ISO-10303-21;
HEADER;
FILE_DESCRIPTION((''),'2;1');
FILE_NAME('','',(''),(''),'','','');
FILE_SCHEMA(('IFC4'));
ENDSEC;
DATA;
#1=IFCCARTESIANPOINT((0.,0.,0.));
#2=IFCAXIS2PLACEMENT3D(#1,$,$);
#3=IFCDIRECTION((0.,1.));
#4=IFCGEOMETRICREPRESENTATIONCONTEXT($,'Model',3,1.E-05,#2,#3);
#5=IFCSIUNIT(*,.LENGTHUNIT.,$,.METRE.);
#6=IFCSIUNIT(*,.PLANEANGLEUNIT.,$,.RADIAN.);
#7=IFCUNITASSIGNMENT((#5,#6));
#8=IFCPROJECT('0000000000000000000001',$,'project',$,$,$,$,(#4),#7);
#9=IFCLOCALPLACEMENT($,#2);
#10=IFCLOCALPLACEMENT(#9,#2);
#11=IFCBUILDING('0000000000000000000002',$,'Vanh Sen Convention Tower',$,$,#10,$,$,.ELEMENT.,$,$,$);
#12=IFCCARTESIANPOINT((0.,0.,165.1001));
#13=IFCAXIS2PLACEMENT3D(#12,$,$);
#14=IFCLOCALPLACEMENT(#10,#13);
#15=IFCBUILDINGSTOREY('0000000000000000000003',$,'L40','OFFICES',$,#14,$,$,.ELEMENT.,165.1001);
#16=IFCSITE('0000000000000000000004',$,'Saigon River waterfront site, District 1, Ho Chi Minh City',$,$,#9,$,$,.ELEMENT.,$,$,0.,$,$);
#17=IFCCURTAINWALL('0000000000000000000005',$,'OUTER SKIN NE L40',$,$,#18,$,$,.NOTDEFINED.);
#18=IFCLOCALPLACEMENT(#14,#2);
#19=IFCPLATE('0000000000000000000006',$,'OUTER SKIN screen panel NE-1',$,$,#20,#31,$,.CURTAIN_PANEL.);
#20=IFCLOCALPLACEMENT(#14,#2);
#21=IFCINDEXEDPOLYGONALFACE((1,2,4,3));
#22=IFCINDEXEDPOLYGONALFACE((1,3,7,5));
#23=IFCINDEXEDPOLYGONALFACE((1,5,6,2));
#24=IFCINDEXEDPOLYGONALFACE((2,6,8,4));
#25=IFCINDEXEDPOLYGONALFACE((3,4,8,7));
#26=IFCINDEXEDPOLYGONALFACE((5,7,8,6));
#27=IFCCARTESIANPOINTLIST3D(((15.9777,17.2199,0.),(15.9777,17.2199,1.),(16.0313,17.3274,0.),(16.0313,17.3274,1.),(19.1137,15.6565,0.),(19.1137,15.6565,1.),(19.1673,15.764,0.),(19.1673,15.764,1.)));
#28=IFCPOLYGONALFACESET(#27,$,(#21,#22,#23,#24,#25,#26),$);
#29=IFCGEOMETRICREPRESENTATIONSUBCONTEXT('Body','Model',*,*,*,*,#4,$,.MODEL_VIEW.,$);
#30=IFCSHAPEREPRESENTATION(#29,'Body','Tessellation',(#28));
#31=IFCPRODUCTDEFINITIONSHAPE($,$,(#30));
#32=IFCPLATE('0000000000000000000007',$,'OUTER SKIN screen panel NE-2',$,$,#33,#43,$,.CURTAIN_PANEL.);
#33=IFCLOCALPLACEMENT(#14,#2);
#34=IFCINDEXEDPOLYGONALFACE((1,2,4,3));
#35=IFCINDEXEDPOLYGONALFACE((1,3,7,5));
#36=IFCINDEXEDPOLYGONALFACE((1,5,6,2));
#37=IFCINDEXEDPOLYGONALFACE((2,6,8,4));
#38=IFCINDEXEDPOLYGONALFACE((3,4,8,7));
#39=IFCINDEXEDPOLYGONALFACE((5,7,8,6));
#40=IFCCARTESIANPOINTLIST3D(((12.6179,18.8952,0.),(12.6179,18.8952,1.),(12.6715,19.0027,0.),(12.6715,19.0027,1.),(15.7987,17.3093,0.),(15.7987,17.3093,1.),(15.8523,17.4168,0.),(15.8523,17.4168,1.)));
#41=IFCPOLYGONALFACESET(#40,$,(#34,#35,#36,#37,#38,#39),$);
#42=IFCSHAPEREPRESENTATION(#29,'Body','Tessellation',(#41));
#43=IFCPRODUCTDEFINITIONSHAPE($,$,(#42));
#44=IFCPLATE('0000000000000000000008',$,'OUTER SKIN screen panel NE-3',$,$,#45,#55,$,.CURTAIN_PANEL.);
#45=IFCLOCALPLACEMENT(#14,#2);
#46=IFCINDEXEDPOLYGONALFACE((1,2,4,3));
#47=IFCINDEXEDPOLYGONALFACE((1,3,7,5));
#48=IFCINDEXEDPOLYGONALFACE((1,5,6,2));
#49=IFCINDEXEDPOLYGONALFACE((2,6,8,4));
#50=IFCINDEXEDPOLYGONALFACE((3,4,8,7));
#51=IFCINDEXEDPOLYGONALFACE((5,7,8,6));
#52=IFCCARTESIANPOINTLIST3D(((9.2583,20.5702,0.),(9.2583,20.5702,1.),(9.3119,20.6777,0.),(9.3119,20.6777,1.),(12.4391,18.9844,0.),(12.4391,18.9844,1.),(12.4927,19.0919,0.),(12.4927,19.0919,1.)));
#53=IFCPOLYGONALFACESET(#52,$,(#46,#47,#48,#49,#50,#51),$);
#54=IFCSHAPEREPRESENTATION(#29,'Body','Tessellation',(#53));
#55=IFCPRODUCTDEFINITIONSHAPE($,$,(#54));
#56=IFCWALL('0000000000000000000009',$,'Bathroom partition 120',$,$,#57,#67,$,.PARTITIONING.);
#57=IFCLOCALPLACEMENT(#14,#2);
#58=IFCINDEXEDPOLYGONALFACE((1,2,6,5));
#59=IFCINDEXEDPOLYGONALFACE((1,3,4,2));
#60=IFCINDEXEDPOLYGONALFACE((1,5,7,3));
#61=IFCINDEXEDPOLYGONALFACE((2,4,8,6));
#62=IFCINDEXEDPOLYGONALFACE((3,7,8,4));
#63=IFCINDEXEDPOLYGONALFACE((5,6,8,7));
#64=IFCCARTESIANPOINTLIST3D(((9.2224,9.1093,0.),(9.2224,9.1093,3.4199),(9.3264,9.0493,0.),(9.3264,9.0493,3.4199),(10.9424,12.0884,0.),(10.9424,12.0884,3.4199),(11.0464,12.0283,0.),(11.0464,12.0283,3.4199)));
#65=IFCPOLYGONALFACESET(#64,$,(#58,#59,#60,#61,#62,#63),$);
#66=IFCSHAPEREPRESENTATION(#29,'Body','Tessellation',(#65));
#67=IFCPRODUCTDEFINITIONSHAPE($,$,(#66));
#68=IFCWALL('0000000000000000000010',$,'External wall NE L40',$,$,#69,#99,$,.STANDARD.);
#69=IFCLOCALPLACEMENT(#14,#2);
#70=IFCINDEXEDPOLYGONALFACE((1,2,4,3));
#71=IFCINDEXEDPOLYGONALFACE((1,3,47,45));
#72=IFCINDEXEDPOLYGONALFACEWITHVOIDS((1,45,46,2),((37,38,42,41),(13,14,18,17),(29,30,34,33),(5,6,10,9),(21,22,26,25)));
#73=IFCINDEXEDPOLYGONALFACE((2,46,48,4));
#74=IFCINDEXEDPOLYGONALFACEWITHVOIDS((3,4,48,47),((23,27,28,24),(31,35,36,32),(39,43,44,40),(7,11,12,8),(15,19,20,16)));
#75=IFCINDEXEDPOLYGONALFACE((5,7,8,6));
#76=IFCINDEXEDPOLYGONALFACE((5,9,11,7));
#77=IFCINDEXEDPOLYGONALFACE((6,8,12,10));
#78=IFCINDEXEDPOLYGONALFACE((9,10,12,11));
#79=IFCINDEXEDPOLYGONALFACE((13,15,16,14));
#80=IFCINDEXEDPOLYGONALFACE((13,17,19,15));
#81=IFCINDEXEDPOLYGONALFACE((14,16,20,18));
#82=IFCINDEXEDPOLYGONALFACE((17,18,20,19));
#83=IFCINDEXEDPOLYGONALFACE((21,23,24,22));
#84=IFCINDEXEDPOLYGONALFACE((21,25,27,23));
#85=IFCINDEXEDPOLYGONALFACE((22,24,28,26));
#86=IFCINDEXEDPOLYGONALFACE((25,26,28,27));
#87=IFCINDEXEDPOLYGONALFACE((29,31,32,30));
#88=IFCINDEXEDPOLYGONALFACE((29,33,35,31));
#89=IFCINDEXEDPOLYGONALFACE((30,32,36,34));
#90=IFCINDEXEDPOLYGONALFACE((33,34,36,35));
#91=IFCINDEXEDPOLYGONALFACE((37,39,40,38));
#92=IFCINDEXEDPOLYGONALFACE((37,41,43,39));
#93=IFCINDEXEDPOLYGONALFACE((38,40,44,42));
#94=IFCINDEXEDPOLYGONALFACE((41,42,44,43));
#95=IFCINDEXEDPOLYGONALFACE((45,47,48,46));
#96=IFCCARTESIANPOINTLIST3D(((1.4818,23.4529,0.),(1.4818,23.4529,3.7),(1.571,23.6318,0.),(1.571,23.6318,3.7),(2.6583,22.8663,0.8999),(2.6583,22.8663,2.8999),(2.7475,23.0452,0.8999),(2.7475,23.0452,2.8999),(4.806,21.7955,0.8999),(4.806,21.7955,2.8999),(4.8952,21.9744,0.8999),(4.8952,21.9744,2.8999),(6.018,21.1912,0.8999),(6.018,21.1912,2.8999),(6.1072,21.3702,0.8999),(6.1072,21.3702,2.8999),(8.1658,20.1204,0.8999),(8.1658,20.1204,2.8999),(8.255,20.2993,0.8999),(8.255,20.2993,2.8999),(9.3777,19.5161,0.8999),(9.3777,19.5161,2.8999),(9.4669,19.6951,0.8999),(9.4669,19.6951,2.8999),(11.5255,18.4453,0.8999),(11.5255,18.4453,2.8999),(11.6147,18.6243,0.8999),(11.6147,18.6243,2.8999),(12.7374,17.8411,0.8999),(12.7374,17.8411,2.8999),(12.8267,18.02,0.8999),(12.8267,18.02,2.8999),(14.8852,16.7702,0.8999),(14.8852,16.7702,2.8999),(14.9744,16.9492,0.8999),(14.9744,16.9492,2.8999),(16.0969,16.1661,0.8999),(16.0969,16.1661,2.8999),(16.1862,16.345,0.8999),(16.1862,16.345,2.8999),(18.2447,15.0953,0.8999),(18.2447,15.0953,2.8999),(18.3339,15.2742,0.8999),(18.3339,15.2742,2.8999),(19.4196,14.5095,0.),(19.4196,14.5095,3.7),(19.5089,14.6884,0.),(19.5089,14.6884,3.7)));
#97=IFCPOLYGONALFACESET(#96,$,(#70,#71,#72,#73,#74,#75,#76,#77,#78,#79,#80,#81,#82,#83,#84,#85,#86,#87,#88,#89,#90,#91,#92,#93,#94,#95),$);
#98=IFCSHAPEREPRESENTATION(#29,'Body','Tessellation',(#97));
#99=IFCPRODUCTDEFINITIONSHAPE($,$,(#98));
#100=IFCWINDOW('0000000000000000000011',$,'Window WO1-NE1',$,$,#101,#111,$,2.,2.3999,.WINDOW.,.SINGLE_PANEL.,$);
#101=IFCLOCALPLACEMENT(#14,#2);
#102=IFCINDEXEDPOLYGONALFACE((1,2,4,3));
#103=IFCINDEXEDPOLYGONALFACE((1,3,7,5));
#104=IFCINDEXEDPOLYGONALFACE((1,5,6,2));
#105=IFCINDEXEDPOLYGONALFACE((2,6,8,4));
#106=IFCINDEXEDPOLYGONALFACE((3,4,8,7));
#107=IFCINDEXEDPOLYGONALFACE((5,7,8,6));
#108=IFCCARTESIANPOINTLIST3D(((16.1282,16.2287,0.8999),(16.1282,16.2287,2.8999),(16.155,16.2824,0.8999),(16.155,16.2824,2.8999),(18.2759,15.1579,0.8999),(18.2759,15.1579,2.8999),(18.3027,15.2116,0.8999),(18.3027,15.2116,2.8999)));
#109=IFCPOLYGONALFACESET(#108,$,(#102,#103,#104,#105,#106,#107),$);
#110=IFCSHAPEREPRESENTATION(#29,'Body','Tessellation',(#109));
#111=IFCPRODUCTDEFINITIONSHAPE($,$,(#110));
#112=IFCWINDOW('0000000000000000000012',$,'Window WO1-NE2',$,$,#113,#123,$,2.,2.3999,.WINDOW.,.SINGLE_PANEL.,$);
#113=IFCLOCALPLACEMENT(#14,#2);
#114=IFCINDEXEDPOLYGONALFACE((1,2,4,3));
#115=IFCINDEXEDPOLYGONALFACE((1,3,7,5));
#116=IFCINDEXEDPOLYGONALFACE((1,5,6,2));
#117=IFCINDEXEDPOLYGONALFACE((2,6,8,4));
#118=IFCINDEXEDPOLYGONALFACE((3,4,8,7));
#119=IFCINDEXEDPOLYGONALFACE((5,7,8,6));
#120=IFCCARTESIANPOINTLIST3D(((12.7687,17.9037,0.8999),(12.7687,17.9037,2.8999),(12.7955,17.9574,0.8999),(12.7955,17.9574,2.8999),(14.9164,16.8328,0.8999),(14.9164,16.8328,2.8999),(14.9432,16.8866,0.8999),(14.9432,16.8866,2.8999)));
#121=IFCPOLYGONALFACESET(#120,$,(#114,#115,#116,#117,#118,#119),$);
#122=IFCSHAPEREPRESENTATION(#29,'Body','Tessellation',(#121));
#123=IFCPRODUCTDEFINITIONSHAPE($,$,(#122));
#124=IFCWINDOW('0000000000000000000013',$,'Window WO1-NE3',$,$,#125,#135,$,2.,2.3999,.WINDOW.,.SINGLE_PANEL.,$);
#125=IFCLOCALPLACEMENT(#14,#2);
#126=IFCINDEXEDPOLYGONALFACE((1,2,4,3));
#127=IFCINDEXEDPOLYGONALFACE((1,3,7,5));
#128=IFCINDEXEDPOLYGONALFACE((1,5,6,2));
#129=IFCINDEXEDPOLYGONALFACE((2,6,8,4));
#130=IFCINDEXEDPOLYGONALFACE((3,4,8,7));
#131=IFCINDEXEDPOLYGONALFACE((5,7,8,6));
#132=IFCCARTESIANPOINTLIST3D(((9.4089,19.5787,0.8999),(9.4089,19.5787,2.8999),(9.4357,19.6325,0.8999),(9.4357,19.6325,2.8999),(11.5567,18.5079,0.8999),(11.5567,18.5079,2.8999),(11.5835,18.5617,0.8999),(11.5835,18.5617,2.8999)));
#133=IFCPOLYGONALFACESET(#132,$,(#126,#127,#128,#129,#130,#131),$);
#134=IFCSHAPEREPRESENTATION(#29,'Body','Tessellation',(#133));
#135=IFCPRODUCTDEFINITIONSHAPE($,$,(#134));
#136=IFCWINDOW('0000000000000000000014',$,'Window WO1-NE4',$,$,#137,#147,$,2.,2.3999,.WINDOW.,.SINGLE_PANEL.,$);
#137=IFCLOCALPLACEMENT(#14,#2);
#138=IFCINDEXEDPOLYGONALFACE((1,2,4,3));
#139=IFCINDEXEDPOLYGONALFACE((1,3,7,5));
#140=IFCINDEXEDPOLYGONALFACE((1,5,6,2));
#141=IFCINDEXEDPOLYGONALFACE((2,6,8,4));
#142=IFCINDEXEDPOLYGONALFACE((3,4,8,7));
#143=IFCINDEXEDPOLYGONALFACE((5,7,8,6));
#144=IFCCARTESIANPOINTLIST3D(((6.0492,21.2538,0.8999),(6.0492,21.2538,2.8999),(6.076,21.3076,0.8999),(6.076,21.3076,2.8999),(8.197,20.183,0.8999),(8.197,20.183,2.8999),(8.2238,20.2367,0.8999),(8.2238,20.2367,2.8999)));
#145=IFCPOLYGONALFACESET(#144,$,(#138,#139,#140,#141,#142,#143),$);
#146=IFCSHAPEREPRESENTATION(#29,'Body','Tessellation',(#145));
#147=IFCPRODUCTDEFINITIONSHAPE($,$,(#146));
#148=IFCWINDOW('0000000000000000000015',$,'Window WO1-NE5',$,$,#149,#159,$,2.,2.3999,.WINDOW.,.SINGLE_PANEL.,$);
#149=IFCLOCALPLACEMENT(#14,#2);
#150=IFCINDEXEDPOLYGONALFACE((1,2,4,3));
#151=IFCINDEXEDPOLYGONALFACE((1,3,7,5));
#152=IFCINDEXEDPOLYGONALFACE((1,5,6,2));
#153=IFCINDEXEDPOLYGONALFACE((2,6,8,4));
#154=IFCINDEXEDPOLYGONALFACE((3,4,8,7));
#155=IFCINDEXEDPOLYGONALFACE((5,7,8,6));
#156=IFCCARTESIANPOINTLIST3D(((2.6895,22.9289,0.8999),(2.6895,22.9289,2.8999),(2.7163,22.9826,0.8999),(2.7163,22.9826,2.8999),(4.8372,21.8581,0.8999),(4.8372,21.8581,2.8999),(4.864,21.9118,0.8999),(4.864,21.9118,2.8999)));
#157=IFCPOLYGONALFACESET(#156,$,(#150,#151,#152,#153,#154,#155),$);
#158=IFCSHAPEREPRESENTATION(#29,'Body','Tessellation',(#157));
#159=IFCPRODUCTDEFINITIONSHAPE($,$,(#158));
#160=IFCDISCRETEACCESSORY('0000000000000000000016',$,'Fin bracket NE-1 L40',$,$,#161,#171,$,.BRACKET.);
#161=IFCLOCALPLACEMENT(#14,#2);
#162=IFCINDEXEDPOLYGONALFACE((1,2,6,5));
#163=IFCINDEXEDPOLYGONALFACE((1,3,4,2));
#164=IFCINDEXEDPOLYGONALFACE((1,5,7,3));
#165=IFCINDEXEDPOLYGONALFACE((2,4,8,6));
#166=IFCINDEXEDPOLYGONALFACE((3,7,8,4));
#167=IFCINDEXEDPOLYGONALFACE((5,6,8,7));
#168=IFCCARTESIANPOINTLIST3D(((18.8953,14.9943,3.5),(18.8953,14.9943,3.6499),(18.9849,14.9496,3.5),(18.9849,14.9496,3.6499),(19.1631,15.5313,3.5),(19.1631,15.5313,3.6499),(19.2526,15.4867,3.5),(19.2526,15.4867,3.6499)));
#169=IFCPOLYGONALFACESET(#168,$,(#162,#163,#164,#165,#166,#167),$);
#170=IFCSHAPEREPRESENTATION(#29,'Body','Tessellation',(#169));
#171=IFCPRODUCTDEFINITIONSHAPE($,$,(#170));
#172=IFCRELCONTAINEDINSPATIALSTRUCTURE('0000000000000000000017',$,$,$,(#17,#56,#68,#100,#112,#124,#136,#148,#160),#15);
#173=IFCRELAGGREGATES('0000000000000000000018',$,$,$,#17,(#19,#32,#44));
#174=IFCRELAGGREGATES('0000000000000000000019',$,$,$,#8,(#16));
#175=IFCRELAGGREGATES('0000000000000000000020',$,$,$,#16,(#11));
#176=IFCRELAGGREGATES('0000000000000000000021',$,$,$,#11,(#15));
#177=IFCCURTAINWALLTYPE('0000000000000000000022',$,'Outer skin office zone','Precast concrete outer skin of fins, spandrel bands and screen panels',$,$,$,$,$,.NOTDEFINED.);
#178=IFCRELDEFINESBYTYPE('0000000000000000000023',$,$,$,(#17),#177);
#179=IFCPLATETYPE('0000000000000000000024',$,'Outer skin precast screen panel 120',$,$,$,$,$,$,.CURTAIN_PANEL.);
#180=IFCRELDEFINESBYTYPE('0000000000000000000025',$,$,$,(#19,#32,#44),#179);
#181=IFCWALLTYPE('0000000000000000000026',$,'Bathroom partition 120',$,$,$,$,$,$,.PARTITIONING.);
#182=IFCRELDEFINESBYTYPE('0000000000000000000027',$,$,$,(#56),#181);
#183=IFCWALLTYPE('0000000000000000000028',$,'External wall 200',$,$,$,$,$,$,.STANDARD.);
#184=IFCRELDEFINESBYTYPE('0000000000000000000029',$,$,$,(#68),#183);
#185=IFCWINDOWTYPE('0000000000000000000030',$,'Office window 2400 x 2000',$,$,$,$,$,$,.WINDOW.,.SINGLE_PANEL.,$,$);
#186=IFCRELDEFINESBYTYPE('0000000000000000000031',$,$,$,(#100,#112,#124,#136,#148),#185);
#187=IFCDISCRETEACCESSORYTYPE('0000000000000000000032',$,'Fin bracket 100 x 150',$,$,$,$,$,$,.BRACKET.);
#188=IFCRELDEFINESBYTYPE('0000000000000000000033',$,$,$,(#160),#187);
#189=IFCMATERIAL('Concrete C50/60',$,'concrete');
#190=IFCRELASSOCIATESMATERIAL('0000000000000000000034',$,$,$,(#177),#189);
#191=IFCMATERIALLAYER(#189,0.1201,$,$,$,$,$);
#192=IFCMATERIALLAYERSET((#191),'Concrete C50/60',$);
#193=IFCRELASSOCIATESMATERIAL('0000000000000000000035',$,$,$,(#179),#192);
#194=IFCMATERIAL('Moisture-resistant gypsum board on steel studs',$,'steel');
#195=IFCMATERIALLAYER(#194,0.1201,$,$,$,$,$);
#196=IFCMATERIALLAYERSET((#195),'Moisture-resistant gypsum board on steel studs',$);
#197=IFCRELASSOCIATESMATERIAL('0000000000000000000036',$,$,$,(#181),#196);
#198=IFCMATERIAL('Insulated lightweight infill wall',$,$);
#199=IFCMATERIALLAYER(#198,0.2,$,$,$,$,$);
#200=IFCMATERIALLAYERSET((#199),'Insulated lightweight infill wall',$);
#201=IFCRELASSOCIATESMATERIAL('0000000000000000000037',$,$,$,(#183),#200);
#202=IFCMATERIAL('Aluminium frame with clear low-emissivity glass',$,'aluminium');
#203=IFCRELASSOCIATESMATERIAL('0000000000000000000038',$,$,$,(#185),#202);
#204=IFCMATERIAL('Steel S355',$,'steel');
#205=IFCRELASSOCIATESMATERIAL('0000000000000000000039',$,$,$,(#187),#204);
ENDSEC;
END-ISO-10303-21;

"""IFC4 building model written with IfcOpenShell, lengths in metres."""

from ifc_helpers import new_model, si_unit, direction, frame, frame_2d, origin, origin_2d, place, context, subcontext, project, spatial, rectangle, extrude, material, layer, layer_set, type_object, element, fill, aggregate, save


model = new_model("IFC4")

# Units and contexts
model_context = context("Model", 3, precision=1e-05, world=origin(), true_north=direction((0.0, 1.0)))
body_context = subcontext(model_context, "Body", "Model", "MODEL_VIEW")
ifc_project = project(units=[si_unit("LENGTHUNIT", "METRE"), si_unit("PLANEANGLEUNIT", "RADIAN")], contexts=[model_context])

# Site, building, storey
site_placement = place(None, origin())
site = spatial("IfcSite", under=ifc_project, at=site_placement, Name="Saigon River waterfront site, District 1, Ho Chi Minh City", CompositionType="ELEMENT", RefElevation=0.0)
building_placement = place(site_placement, origin())
building = spatial("IfcBuilding", under=site, at=building_placement, Name="Vanh Sen Convention Tower", CompositionType="ELEMENT")
storey_placement = place(building_placement, frame((0.0, 0.0, 165.1001)))
storey = spatial("IfcBuildingStorey", under=building, at=storey_placement, Name="L40", Description="OFFICES", CompositionType="ELEMENT", Elevation=165.1001)

# Curtain wall
ifc_material_1 = material(Name="Concrete C50/60", Category="concrete")
curtain_wall_type = type_object("IfcCurtainWallType", Name="Outer skin office zone", Description="Precast concrete outer skin of fins, spandrel bands and screen panels", PredefinedType="NOTDEFINED", material=ifc_material_1)
curtain_wall_1_placement = place(storey_placement, origin())
curtain_wall_1 = element("IfcCurtainWall", 1, at=curtain_wall_1_placement, inside=storey, type_object=curtain_wall_type, Name="OUTER SKIN NE L40", PredefinedType="NOTDEFINED")

# Shared definitions
ifc_layer_1 = layer(ifc_material_1, 0.1201)
ifc_layer_set_1 = layer_set([ifc_layer_1], Name="Concrete C50/60")
plate_type = type_object("IfcPlateType", Name="Outer skin precast screen panel 120", PredefinedType="CURTAIN_PANEL", material=ifc_layer_set_1)

# Plates
plate_1_placement = place(storey_placement, frame((17.5725, 16.4919, 0.0), z_axis=(0.0, 0.0, 1.0), x_axis=(-0.894944, 0.446179, 0.0)))
plate_1 = element("IfcPlate", 2, at=plate_1_placement, type_object=plate_type, Name="OUTER SKIN screen panel NE-1", PredefinedType="CURTAIN_PANEL", context=body_context, shape_type="SweptSolid", body=[
    extrude(rectangle(XDim=3.5042, YDim=0.1201, at=origin_2d()), origin(), (0.0, 0.0, 1.0), 1.0),
])
plate_2_placement = place(storey_placement, frame((14.2351, 18.156, 0.0), z_axis=(0.0, 0.0, 1.0), x_axis=(-0.894933, 0.446201, 0.0)))
plate_2 = element("IfcPlate", 3, at=plate_2_placement, type_object=plate_type, Name="OUTER SKIN screen panel NE-2", PredefinedType="CURTAIN_PANEL", context=body_context, shape_type="SweptSolid", body=[
    extrude(rectangle(XDim=3.5542, YDim=0.1201, at=origin_2d()), origin(), (0.0, 0.0, 1.0), 1.0),
])
plate_3_placement = place(storey_placement, frame((10.8755, 19.8311, 0.0), z_axis=(0.0, 0.0, 1.0), x_axis=(-0.894933, 0.446201, 0.0)))
plate_3 = element("IfcPlate", 4, at=plate_3_placement, type_object=plate_type, Name="OUTER SKIN screen panel NE-3", PredefinedType="CURTAIN_PANEL", context=body_context, shape_type="SweptSolid", body=[
    extrude(rectangle(XDim=3.5542, YDim=0.1201, at=origin_2d()), origin(), (0.0, 0.0, 1.0), 1.0),
])
aggregate(curtain_wall_1, [plate_1, plate_2, plate_3])

# Wall
ifc_material_2 = material(Name="Moisture-resistant gypsum board on steel studs", Category="steel")
ifc_layer_2 = layer(ifc_material_2, 0.1201)
ifc_layer_set_2 = layer_set([ifc_layer_2], Name="Moisture-resistant gypsum board on steel studs")
wall_type_1 = type_object("IfcWallType", Name="Bathroom partition 120", PredefinedType="PARTITIONING", material=ifc_layer_set_2)
wall_1_placement = place(storey_placement, frame((10.9944, 12.0583, 0.0), z_axis=(0.0, 0.0, 1.0), x_axis=(-0.500009, -0.86602, 0.0)))
element("IfcWall", 5, at=wall_1_placement, inside=storey, type_object=wall_type_1, Name="Bathroom partition 120", PredefinedType="PARTITIONING", context=body_context, shape_type="SweptSolid", body=[
    extrude(rectangle(XDim=3.4399, YDim=0.1201, at=frame_2d((1.72, 0.0))), origin(), (0.0, 0.0, 1.0), 3.4199),
])

# Wall, openings, windows
ifc_material_3 = material(Name="Insulated lightweight infill wall")
ifc_layer_3 = layer(ifc_material_3, 0.2)
ifc_layer_set_3 = layer_set([ifc_layer_3], Name="Insulated lightweight infill wall")
wall_type_2 = type_object("IfcWallType", Name="External wall 200", PredefinedType="STANDARD", material=ifc_layer_set_3)
wall_2_placement = place(storey_placement, frame((19.4644, 14.5989, 0.0), z_axis=(0.0, 0.0, 1.0), x_axis=(-0.894936, 0.446195, 0.0)))
wall_2 = element("IfcWall", 6, at=wall_2_placement, inside=storey, type_object=wall_type_2, Name="External wall NE L40", PredefinedType="STANDARD", context=body_context, shape_type="SweptSolid", body=[
    extrude(rectangle(XDim=20.0437, YDim=0.2, at=frame_2d((10.022, 0.0))), origin(), (0.0, 0.0, 1.0), 3.7),
])
opening_1_placement = place(wall_2_placement, frame((1.313, 0.0, 0.8999)))
opening_1 = element("IfcOpeningElement", 7, at=opening_1_placement, cuts=wall_2, PredefinedType="OPENING", context=body_context, shape_type="SweptSolid", body=[
    extrude(rectangle(XDim=2.3999, YDim=2.0, at=frame_2d((1.2, 1.0))), frame((0.0, 0.1099, 0.0), z_axis=(0.0, -1.0, 0.0), x_axis=(1.0, 0.0, 0.0)), (0.0, 0.0, 1.0), 0.22),
])
opening_2_placement = place(wall_2_placement, frame((5.0669, 0.0, 0.8999)))
opening_2 = element("IfcOpeningElement", 8, at=opening_2_placement, cuts=wall_2, PredefinedType="OPENING", context=body_context, shape_type="SweptSolid", body=[
    extrude(rectangle(XDim=2.3999, YDim=2.0, at=frame_2d((1.2, 1.0))), frame((0.0, 0.1099, 0.0), z_axis=(0.0, -1.0, 0.0), x_axis=(1.0, 0.0, 0.0)), (0.0, 0.0, 1.0), 0.22),
])
opening_3_placement = place(wall_2_placement, frame((8.821, 0.0, 0.8999)))
opening_3 = element("IfcOpeningElement", 9, at=opening_3_placement, cuts=wall_2, PredefinedType="OPENING", context=body_context, shape_type="SweptSolid", body=[
    extrude(rectangle(XDim=2.3999, YDim=2.0, at=frame_2d((1.2, 1.0))), frame((0.0, 0.1099, 0.0), z_axis=(0.0, -1.0, 0.0), x_axis=(1.0, 0.0, 0.0)), (0.0, 0.0, 1.0), 0.22),
])
opening_4_placement = place(wall_2_placement, frame((12.5752, 0.0, 0.8999)))
opening_4 = element("IfcOpeningElement", 10, at=opening_4_placement, cuts=wall_2, PredefinedType="OPENING", context=body_context, shape_type="SweptSolid", body=[
    extrude(rectangle(XDim=2.3999, YDim=2.0, at=frame_2d((1.2, 1.0))), frame((0.0, 0.1099, 0.0), z_axis=(0.0, -1.0, 0.0), x_axis=(1.0, 0.0, 0.0)), (0.0, 0.0, 1.0), 0.22),
])
opening_5_placement = place(wall_2_placement, frame((16.3293, 0.0, 0.8999)))
opening_5 = element("IfcOpeningElement", 11, at=opening_5_placement, cuts=wall_2, PredefinedType="OPENING", context=body_context, shape_type="SweptSolid", body=[
    extrude(rectangle(XDim=2.3999, YDim=2.0, at=frame_2d((1.2, 1.0))), frame((0.0, 0.1099, 0.0), z_axis=(0.0, -1.0, 0.0), x_axis=(1.0, 0.0, 0.0)), (0.0, 0.0, 1.0), 0.22),
])
ifc_material_4 = material(Name="Aluminium frame with clear low-emissivity glass", Category="aluminium")
window_type = type_object("IfcWindowType", Name="Office window 2400 x 2000", PartitioningType="SINGLE_PANEL", PredefinedType="WINDOW", material=ifc_material_4)
window_1_placement = place(opening_1_placement, origin())
window_1 = element("IfcWindow", 12, at=window_1_placement, inside=storey, type_object=window_type, Name="Window WO1-NE1", OverallHeight=2.0, OverallWidth=2.3999, PartitioningType="SINGLE_PANEL", PredefinedType="WINDOW", context=body_context, shape_type="SweptSolid", body=[
    extrude(rectangle(XDim=2.3999, YDim=2.0, at=frame_2d((1.2, 1.0))), frame((0.0, 0.03, 0.0), z_axis=(0.0, -1.0, 0.0), x_axis=(1.0, 0.0, 0.0)), (0.0, 0.0, 1.0), 0.0601),
])
fill(opening_1, window_1)
window_2_placement = place(opening_2_placement, origin())
window_2 = element("IfcWindow", 13, at=window_2_placement, inside=storey, type_object=window_type, Name="Window WO1-NE2", OverallHeight=2.0, OverallWidth=2.3999, PartitioningType="SINGLE_PANEL", PredefinedType="WINDOW", context=body_context, shape_type="SweptSolid", body=[
    extrude(rectangle(XDim=2.3999, YDim=2.0, at=frame_2d((1.2, 1.0))), frame((0.0, 0.03, 0.0), z_axis=(0.0, -1.0, 0.0), x_axis=(1.0, 0.0, 0.0)), (0.0, 0.0, 1.0), 0.0601),
])
fill(opening_2, window_2)
window_3_placement = place(opening_3_placement, origin())
window_3 = element("IfcWindow", 14, at=window_3_placement, inside=storey, type_object=window_type, Name="Window WO1-NE3", OverallHeight=2.0, OverallWidth=2.3999, PartitioningType="SINGLE_PANEL", PredefinedType="WINDOW", context=body_context, shape_type="SweptSolid", body=[
    extrude(rectangle(XDim=2.3999, YDim=2.0, at=frame_2d((1.2, 1.0))), frame((0.0, 0.03, 0.0), z_axis=(0.0, -1.0, 0.0), x_axis=(1.0, 0.0, 0.0)), (0.0, 0.0, 1.0), 0.0601),
])
fill(opening_3, window_3)
window_4_placement = place(opening_4_placement, origin())
window_4 = element("IfcWindow", 15, at=window_4_placement, inside=storey, type_object=window_type, Name="Window WO1-NE4", OverallHeight=2.0, OverallWidth=2.3999, PartitioningType="SINGLE_PANEL", PredefinedType="WINDOW", context=body_context, shape_type="SweptSolid", body=[
    extrude(rectangle(XDim=2.3999, YDim=2.0, at=frame_2d((1.2, 1.0))), frame((0.0, 0.03, 0.0), z_axis=(0.0, -1.0, 0.0), x_axis=(1.0, 0.0, 0.0)), (0.0, 0.0, 1.0), 0.0601),
])
fill(opening_4, window_4)
window_5_placement = place(opening_5_placement, origin())
window_5 = element("IfcWindow", 16, at=window_5_placement, inside=storey, type_object=window_type, Name="Window WO1-NE5", OverallHeight=2.0, OverallWidth=2.3999, PartitioningType="SINGLE_PANEL", PredefinedType="WINDOW", context=body_context, shape_type="SweptSolid", body=[
    extrude(rectangle(XDim=2.3999, YDim=2.0, at=frame_2d((1.2, 1.0))), frame((0.0, 0.03, 0.0), z_axis=(0.0, -1.0, 0.0), x_axis=(1.0, 0.0, 0.0)), (0.0, 0.0, 1.0), 0.0601),
])
fill(opening_5, window_5)

# Discrete accessory
ifc_material_5 = material(Name="Steel S355", Category="steel")
discrete_accessory_type = type_object("IfcDiscreteAccessoryType", Name="Fin bracket 100 x 150", PredefinedType="BRACKET", material=ifc_material_5)
for number, where, z_axis, x_axis, name in (
    (17, (19.074, 15.2405, 3.5), (0.0, 0.0, 1.0), (0.446198, 0.894934, 0.0), "Fin bracket NE-1 L40"),
):
    element("IfcDiscreteAccessory", number, at=place(storey_placement, frame(where, z_axis=z_axis, x_axis=x_axis)), inside=storey, type_object=discrete_accessory_type, Name=name, PredefinedType="BRACKET", context=body_context, shape_type="SweptSolid", body=[
        extrude(rectangle(XDim=0.6001, YDim=0.1001, at=origin_2d()), origin(), (0.0, 0.0, 1.0), 0.1499),
    ])

save(model, "model.ifc")
